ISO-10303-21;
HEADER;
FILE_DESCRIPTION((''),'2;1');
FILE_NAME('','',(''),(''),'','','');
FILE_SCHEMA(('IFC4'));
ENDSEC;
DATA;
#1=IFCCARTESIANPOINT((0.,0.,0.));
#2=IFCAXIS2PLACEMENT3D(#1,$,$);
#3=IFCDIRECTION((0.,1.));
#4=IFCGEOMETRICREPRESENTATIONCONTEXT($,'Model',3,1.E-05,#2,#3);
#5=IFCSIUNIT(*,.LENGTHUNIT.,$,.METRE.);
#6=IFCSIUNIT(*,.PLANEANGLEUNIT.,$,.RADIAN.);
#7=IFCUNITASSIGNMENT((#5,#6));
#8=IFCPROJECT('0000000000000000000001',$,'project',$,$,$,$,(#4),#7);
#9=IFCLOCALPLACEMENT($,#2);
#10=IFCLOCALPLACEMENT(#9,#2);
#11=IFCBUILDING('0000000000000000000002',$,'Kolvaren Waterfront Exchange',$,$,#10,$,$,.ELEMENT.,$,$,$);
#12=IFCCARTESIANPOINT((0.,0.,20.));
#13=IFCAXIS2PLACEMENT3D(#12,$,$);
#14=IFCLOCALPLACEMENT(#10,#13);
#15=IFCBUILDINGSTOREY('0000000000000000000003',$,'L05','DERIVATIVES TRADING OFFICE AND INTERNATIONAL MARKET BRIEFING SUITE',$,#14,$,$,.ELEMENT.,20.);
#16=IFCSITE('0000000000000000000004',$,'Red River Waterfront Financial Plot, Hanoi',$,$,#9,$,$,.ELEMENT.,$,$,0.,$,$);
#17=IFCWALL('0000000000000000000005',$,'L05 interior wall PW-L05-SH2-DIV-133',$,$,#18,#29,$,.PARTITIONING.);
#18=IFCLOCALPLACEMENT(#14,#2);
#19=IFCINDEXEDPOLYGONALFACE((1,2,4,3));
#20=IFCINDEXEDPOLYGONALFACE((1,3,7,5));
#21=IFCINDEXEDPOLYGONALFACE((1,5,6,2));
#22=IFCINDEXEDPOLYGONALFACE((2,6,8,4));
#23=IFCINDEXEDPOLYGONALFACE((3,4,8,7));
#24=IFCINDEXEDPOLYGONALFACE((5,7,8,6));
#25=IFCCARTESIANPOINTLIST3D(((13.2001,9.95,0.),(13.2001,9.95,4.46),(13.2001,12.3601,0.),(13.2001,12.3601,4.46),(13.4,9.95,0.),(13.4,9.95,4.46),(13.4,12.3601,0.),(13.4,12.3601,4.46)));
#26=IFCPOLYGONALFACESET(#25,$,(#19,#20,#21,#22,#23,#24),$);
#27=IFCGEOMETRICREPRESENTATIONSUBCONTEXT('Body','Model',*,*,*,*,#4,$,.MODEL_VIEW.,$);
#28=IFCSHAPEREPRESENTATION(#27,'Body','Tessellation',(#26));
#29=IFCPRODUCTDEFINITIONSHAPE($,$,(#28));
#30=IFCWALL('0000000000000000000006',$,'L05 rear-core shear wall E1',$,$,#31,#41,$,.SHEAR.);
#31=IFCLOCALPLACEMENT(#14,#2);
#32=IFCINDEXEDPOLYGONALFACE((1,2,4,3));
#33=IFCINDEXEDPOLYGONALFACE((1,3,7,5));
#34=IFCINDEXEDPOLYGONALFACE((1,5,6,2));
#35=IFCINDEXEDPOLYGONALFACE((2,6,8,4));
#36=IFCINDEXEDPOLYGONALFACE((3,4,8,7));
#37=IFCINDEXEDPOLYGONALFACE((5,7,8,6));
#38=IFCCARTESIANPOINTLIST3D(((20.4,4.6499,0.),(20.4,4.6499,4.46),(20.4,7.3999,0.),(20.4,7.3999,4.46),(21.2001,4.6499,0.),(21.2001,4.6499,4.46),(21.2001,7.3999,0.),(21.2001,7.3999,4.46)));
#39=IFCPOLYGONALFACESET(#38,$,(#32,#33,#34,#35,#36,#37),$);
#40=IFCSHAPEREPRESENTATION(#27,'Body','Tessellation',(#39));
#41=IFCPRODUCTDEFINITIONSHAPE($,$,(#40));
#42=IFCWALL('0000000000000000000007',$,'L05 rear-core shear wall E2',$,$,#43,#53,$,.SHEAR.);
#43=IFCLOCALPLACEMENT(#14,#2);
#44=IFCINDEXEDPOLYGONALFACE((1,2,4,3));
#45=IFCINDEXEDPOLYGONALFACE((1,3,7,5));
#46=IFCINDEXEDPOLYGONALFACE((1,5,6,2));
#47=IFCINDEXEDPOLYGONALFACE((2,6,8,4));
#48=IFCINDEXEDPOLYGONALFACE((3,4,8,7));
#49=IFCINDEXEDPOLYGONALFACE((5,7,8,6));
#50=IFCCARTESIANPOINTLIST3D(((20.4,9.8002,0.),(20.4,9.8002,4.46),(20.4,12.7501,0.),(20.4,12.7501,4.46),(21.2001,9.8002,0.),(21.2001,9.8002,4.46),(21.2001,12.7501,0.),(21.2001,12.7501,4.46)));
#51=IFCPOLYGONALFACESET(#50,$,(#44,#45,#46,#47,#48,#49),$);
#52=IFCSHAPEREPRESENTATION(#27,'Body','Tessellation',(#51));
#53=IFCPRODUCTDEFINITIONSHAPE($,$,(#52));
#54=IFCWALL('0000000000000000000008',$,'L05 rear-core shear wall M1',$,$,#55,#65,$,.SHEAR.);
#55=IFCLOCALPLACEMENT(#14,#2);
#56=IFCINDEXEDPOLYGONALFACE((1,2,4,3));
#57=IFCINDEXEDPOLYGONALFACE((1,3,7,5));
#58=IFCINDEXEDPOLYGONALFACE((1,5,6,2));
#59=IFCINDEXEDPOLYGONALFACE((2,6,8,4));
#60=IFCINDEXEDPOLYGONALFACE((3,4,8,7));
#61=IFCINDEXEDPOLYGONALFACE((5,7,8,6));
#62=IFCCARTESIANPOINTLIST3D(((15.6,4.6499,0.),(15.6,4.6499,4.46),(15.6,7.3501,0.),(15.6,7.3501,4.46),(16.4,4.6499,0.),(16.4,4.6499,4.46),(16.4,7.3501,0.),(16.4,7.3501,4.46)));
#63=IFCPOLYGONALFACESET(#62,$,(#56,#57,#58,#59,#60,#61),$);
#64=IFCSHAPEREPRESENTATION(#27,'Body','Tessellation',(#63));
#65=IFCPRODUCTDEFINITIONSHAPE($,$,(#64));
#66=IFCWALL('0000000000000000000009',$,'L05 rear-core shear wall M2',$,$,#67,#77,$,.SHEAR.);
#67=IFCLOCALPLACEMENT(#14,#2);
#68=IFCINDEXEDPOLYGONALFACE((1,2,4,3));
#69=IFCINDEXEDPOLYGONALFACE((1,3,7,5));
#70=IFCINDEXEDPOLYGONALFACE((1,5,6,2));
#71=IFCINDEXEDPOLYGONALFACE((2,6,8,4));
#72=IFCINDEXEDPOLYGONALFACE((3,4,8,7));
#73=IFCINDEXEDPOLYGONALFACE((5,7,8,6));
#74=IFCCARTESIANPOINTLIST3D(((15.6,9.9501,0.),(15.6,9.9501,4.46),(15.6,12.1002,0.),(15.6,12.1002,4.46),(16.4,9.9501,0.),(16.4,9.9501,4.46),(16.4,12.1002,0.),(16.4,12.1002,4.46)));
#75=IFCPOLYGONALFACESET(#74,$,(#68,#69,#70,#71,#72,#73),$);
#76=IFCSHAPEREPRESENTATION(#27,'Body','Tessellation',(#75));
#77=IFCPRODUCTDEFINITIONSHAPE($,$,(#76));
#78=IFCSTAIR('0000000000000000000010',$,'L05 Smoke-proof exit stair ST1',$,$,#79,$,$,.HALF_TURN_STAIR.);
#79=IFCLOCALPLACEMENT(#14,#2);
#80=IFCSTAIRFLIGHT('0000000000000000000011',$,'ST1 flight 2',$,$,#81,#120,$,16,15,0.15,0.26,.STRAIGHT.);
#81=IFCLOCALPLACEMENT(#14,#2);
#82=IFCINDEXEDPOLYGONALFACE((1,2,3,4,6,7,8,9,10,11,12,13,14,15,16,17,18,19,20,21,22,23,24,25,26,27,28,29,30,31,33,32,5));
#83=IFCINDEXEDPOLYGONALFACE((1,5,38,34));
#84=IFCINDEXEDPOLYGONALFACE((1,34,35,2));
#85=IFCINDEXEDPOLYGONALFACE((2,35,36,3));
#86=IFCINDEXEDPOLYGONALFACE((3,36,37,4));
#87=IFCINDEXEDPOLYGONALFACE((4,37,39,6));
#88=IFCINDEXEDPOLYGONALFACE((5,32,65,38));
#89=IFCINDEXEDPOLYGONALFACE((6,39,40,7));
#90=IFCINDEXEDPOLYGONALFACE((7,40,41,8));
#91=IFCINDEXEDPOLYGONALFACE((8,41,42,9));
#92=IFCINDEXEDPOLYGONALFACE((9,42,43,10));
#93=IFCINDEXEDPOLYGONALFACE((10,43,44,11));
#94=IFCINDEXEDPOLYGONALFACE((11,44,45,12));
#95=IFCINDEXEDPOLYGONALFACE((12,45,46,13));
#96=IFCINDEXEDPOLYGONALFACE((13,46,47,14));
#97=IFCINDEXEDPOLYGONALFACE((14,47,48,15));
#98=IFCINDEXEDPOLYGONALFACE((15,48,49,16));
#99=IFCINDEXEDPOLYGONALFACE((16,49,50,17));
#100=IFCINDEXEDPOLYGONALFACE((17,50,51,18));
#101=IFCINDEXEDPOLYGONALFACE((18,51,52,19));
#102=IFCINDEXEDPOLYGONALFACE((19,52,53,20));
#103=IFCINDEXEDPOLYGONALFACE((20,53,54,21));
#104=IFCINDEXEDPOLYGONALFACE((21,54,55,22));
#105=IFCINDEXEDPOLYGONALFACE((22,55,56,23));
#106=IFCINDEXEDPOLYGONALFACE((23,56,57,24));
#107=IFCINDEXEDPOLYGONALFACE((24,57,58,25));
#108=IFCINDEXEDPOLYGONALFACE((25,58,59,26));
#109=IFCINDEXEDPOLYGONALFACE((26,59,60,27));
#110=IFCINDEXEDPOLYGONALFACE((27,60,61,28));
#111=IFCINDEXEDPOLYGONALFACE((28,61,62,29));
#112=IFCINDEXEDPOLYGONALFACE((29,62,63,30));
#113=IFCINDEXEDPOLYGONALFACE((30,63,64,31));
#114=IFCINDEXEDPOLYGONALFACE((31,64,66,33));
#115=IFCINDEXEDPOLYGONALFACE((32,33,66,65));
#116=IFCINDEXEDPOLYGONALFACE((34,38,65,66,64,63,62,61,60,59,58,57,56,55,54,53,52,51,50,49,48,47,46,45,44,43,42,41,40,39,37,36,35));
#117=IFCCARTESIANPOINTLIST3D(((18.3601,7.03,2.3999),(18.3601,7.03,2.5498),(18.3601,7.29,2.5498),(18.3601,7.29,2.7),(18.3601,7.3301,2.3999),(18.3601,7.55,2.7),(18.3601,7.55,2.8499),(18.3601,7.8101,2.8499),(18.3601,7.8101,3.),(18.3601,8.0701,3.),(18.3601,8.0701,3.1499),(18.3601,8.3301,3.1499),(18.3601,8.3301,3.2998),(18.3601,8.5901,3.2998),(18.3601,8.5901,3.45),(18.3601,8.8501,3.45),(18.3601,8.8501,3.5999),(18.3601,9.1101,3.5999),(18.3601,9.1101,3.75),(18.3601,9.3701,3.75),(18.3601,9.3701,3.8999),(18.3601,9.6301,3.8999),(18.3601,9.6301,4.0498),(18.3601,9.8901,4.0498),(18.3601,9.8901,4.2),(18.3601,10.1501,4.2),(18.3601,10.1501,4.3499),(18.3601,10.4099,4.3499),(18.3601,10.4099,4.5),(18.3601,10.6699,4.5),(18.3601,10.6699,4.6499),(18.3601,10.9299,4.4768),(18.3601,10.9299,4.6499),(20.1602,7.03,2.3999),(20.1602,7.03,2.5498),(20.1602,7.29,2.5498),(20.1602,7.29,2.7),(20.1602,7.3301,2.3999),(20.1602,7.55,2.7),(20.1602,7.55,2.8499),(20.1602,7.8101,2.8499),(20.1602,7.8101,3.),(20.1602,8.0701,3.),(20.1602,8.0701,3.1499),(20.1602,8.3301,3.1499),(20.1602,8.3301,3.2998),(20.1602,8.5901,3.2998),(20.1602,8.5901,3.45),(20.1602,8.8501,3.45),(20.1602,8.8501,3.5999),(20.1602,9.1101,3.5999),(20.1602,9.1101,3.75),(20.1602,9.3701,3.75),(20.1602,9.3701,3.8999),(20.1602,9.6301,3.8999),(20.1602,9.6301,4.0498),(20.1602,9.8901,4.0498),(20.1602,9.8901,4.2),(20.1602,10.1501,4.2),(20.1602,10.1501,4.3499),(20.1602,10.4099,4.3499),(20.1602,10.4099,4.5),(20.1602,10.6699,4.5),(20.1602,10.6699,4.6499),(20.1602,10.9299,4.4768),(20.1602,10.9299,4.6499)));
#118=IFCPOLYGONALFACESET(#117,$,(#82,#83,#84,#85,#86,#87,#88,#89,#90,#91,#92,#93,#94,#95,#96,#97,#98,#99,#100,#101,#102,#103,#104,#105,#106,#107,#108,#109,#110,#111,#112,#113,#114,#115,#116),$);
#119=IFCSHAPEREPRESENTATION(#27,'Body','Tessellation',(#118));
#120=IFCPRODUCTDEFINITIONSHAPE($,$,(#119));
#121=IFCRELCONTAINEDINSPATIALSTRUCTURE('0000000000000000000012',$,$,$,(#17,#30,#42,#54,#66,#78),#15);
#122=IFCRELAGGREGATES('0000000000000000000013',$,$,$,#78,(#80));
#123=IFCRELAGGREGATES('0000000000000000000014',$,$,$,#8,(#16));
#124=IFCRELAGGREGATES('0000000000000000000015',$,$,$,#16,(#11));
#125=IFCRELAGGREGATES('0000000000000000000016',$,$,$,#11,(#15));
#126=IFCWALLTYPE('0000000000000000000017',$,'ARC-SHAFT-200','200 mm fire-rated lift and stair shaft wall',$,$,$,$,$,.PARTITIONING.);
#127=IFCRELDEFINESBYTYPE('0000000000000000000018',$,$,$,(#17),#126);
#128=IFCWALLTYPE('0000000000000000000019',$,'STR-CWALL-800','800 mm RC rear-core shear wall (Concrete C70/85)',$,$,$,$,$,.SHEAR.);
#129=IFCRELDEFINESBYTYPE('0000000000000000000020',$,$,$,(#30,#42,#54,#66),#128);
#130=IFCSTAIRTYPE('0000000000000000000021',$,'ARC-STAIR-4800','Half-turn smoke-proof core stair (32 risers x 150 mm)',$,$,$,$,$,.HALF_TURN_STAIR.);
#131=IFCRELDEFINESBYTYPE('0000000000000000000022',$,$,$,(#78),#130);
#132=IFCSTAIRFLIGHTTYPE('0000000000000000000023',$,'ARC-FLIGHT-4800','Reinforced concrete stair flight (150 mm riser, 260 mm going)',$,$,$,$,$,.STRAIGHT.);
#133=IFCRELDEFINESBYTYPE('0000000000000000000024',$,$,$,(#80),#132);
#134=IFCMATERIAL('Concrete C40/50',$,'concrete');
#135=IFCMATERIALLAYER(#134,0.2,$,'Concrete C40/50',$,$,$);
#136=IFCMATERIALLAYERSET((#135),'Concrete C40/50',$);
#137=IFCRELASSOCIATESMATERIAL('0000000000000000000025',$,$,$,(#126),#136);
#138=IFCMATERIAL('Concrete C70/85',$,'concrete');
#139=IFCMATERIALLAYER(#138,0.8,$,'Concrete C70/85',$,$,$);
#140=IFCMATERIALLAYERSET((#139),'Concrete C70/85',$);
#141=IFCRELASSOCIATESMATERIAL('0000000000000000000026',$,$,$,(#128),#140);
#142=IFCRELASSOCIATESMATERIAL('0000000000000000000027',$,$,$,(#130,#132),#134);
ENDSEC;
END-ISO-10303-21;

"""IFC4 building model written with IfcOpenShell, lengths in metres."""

from ifc_helpers import new_model, si_unit, direction, frame, frame_2d, origin, place, context, subcontext, project, spatial, polyline, rectangle, outline, extrude, material, layer, layer_set, type_object, element, aggregate, save


model = new_model("IFC4")

# Units and contexts
model_context = context("Model", 3, precision=1e-05, world=origin(), true_north=direction((0.0, 1.0)))
body_context = subcontext(model_context, "Body", "Model", "MODEL_VIEW")
ifc_project = project(units=[si_unit("LENGTHUNIT", "METRE"), si_unit("PLANEANGLEUNIT", "RADIAN")], contexts=[model_context])

# Site, building, storey
site_placement = place(None, origin())
site = spatial("IfcSite", under=ifc_project, at=site_placement, Name="Red River Waterfront Financial Plot, Hanoi", CompositionType="ELEMENT", RefElevation=0.0)
building_placement = place(site_placement, origin())
building = spatial("IfcBuilding", under=site, at=building_placement, Name="Kolvaren Waterfront Exchange", CompositionType="ELEMENT")
storey_placement = place(building_placement, frame((0.0, 0.0, 20.0)))
storey = spatial("IfcBuildingStorey", under=building, at=storey_placement, Name="L05", Description="DERIVATIVES TRADING OFFICE AND INTERNATIONAL MARKET BRIEFING SUITE", CompositionType="ELEMENT", Elevation=20.0)

# Shared definitions
ifc_material_1 = material(Name="Concrete C70/85", Category="concrete")

# Walls
ifc_material_2 = material(Name="Concrete C40/50", Category="concrete")
ifc_layer_1 = layer(ifc_material_2, 0.2, Name="Concrete C40/50")
ifc_layer_set_1 = layer_set([ifc_layer_1], Name="Concrete C40/50")
wall_type_1 = type_object("IfcWallType", Name="ARC-SHAFT-200", Description="200 mm fire-rated lift and stair shaft wall", PredefinedType="PARTITIONING", material=ifc_layer_set_1)
for number, where, z_axis, x_axis, name in (
    (1, (13.3, 9.95, 0.0), (0.0, 0.0, 1.0), (0.0, 1.0, 0.0), "L05 interior wall PW-L05-SH2-DIV-133"),
):
    element("IfcWall", number, at=place(storey_placement, frame(where, z_axis=z_axis, x_axis=x_axis)), inside=storey, type_object=wall_type_1, Name=name, PredefinedType="PARTITIONING", context=body_context, shape_type="SweptSolid", body=[
        extrude(rectangle(XDim=2.4102, YDim=0.2, at=frame_2d((1.2051, 0.0))), origin(), (0.0, 0.0, 1.0), 4.46),
    ])
ifc_layer_2 = layer(ifc_material_1, 0.8, Name="Concrete C70/85")
ifc_layer_set_2 = layer_set([ifc_layer_2], Name="Concrete C70/85")
wall_type_2 = type_object("IfcWallType", Name="STR-CWALL-800", Description="800 mm RC rear-core shear wall (Concrete C70/85)", PredefinedType="SHEAR", material=ifc_layer_set_2)
wall_1_placement = place(storey_placement, frame((20.8, 4.6499, 0.0), z_axis=(0.0, 0.0, 1.0), x_axis=(0.0, 1.0, 0.0)))
element("IfcWall", 2, at=wall_1_placement, inside=storey, type_object=wall_type_2, Name="L05 rear-core shear wall E1", PredefinedType="SHEAR", context=body_context, shape_type="SweptSolid", body=[
    extrude(rectangle(XDim=2.75, YDim=0.8, at=frame_2d((1.375, 0.0))), origin(), (0.0, 0.0, 1.0), 4.46),
])
wall_2_placement = place(storey_placement, frame((20.8, 9.8, 0.0), z_axis=(0.0, 0.0, 1.0), x_axis=(0.0, 1.0, 0.0)))
element("IfcWall", 3, at=wall_2_placement, inside=storey, type_object=wall_type_2, Name="L05 rear-core shear wall E2", PredefinedType="SHEAR", context=body_context, shape_type="SweptSolid", body=[
    extrude(rectangle(XDim=2.95, YDim=0.8, at=frame_2d((1.4751, 0.0))), origin(), (0.0, 0.0, 1.0), 4.46),
])
wall_3_placement = place(storey_placement, frame((16.0, 4.6499, 0.0), z_axis=(0.0, 0.0, 1.0), x_axis=(0.0, 1.0, 0.0)))
element("IfcWall", 4, at=wall_3_placement, inside=storey, type_object=wall_type_2, Name="L05 rear-core shear wall M1", PredefinedType="SHEAR", context=body_context, shape_type="SweptSolid", body=[
    extrude(rectangle(XDim=2.7002, YDim=0.8, at=frame_2d((1.3501, 0.0))), origin(), (0.0, 0.0, 1.0), 4.46),
])
wall_4_placement = place(storey_placement, frame((16.0, 9.95, 0.0), z_axis=(0.0, 0.0, 1.0), x_axis=(0.0, 1.0, 0.0)))
element("IfcWall", 5, at=wall_4_placement, inside=storey, type_object=wall_type_2, Name="L05 rear-core shear wall M2", PredefinedType="SHEAR", context=body_context, shape_type="SweptSolid", body=[
    extrude(rectangle(XDim=2.1501, YDim=0.8, at=frame_2d((1.0752, 0.0))), origin(), (0.0, 0.0, 1.0), 4.46),
])

# Stair, stair flight
stair_type = type_object("IfcStairType", Name="ARC-STAIR-4800", Description="Half-turn smoke-proof core stair (32 risers x 150 mm)", PredefinedType="HALF_TURN_STAIR", material=ifc_material_2)
stair_placement = place(storey_placement, origin())
stair = element("IfcStair", 6, at=stair_placement, inside=storey, type_object=stair_type, Name="L05 Smoke-proof exit stair ST1", PredefinedType="HALF_TURN_STAIR")
stair_flight_type = type_object("IfcStairFlightType", Name="ARC-FLIGHT-4800", Description="Reinforced concrete stair flight (150 mm riser, 260 mm going)", PredefinedType="STRAIGHT", material=ifc_material_2)
stair_flight_placement = place(storey_placement, frame((19.26, 7.03, 2.3999), z_axis=(0.0, 0.0, 1.0), x_axis=(0.0, 1.0, 0.0)))
stair_flight = element("IfcStairFlight", 7, at=stair_flight_placement, type_object=stair_flight_type, Name="ST1 flight 2", NumberOfRisers=16, NumberOfTreads=15, PredefinedType="STRAIGHT", RiserHeight=0.15, TreadLength=0.26, context=body_context, shape_type="SweptSolid", body=[
    extrude(outline(polyline([(0.0, 0.0), (0.0, 0.1499), (0.26, 0.1499), (0.26, 0.3), (0.52, 0.3), (0.52, 0.45), (0.78, 0.45), (0.78, 0.6001), (1.04, 0.6001), (1.04, 0.75), (1.3, 0.75), (1.3, 0.8999), (1.5601, 0.8999), (1.5601, 1.05), (1.8201, 1.05), (1.8201, 1.2), (2.0801, 1.2), (2.0801, 1.3501), (2.3401, 1.3501), (2.3401, 1.5), (2.6001, 1.5), (2.6001, 1.6499), (2.8601, 1.6499), (2.8601, 1.8), (3.1201, 1.8), (3.1201, 1.95), (3.3799, 1.95), (3.3799, 2.1001), (3.6399, 2.1001), (3.6399, 2.25), (3.8999, 2.25), (3.8999, 2.3999), (3.8999, 2.0769), (0.3, 0.0), (0.0, 0.0)])), frame((0.0, 0.8999, 0.0), z_axis=(0.0, -1.0, 0.0), x_axis=(1.0, 0.0, 0.0)), (0.0, 0.0, 1.0), 1.8),
])
aggregate(stair, [stair_flight])

save(model, "model.ifc")
